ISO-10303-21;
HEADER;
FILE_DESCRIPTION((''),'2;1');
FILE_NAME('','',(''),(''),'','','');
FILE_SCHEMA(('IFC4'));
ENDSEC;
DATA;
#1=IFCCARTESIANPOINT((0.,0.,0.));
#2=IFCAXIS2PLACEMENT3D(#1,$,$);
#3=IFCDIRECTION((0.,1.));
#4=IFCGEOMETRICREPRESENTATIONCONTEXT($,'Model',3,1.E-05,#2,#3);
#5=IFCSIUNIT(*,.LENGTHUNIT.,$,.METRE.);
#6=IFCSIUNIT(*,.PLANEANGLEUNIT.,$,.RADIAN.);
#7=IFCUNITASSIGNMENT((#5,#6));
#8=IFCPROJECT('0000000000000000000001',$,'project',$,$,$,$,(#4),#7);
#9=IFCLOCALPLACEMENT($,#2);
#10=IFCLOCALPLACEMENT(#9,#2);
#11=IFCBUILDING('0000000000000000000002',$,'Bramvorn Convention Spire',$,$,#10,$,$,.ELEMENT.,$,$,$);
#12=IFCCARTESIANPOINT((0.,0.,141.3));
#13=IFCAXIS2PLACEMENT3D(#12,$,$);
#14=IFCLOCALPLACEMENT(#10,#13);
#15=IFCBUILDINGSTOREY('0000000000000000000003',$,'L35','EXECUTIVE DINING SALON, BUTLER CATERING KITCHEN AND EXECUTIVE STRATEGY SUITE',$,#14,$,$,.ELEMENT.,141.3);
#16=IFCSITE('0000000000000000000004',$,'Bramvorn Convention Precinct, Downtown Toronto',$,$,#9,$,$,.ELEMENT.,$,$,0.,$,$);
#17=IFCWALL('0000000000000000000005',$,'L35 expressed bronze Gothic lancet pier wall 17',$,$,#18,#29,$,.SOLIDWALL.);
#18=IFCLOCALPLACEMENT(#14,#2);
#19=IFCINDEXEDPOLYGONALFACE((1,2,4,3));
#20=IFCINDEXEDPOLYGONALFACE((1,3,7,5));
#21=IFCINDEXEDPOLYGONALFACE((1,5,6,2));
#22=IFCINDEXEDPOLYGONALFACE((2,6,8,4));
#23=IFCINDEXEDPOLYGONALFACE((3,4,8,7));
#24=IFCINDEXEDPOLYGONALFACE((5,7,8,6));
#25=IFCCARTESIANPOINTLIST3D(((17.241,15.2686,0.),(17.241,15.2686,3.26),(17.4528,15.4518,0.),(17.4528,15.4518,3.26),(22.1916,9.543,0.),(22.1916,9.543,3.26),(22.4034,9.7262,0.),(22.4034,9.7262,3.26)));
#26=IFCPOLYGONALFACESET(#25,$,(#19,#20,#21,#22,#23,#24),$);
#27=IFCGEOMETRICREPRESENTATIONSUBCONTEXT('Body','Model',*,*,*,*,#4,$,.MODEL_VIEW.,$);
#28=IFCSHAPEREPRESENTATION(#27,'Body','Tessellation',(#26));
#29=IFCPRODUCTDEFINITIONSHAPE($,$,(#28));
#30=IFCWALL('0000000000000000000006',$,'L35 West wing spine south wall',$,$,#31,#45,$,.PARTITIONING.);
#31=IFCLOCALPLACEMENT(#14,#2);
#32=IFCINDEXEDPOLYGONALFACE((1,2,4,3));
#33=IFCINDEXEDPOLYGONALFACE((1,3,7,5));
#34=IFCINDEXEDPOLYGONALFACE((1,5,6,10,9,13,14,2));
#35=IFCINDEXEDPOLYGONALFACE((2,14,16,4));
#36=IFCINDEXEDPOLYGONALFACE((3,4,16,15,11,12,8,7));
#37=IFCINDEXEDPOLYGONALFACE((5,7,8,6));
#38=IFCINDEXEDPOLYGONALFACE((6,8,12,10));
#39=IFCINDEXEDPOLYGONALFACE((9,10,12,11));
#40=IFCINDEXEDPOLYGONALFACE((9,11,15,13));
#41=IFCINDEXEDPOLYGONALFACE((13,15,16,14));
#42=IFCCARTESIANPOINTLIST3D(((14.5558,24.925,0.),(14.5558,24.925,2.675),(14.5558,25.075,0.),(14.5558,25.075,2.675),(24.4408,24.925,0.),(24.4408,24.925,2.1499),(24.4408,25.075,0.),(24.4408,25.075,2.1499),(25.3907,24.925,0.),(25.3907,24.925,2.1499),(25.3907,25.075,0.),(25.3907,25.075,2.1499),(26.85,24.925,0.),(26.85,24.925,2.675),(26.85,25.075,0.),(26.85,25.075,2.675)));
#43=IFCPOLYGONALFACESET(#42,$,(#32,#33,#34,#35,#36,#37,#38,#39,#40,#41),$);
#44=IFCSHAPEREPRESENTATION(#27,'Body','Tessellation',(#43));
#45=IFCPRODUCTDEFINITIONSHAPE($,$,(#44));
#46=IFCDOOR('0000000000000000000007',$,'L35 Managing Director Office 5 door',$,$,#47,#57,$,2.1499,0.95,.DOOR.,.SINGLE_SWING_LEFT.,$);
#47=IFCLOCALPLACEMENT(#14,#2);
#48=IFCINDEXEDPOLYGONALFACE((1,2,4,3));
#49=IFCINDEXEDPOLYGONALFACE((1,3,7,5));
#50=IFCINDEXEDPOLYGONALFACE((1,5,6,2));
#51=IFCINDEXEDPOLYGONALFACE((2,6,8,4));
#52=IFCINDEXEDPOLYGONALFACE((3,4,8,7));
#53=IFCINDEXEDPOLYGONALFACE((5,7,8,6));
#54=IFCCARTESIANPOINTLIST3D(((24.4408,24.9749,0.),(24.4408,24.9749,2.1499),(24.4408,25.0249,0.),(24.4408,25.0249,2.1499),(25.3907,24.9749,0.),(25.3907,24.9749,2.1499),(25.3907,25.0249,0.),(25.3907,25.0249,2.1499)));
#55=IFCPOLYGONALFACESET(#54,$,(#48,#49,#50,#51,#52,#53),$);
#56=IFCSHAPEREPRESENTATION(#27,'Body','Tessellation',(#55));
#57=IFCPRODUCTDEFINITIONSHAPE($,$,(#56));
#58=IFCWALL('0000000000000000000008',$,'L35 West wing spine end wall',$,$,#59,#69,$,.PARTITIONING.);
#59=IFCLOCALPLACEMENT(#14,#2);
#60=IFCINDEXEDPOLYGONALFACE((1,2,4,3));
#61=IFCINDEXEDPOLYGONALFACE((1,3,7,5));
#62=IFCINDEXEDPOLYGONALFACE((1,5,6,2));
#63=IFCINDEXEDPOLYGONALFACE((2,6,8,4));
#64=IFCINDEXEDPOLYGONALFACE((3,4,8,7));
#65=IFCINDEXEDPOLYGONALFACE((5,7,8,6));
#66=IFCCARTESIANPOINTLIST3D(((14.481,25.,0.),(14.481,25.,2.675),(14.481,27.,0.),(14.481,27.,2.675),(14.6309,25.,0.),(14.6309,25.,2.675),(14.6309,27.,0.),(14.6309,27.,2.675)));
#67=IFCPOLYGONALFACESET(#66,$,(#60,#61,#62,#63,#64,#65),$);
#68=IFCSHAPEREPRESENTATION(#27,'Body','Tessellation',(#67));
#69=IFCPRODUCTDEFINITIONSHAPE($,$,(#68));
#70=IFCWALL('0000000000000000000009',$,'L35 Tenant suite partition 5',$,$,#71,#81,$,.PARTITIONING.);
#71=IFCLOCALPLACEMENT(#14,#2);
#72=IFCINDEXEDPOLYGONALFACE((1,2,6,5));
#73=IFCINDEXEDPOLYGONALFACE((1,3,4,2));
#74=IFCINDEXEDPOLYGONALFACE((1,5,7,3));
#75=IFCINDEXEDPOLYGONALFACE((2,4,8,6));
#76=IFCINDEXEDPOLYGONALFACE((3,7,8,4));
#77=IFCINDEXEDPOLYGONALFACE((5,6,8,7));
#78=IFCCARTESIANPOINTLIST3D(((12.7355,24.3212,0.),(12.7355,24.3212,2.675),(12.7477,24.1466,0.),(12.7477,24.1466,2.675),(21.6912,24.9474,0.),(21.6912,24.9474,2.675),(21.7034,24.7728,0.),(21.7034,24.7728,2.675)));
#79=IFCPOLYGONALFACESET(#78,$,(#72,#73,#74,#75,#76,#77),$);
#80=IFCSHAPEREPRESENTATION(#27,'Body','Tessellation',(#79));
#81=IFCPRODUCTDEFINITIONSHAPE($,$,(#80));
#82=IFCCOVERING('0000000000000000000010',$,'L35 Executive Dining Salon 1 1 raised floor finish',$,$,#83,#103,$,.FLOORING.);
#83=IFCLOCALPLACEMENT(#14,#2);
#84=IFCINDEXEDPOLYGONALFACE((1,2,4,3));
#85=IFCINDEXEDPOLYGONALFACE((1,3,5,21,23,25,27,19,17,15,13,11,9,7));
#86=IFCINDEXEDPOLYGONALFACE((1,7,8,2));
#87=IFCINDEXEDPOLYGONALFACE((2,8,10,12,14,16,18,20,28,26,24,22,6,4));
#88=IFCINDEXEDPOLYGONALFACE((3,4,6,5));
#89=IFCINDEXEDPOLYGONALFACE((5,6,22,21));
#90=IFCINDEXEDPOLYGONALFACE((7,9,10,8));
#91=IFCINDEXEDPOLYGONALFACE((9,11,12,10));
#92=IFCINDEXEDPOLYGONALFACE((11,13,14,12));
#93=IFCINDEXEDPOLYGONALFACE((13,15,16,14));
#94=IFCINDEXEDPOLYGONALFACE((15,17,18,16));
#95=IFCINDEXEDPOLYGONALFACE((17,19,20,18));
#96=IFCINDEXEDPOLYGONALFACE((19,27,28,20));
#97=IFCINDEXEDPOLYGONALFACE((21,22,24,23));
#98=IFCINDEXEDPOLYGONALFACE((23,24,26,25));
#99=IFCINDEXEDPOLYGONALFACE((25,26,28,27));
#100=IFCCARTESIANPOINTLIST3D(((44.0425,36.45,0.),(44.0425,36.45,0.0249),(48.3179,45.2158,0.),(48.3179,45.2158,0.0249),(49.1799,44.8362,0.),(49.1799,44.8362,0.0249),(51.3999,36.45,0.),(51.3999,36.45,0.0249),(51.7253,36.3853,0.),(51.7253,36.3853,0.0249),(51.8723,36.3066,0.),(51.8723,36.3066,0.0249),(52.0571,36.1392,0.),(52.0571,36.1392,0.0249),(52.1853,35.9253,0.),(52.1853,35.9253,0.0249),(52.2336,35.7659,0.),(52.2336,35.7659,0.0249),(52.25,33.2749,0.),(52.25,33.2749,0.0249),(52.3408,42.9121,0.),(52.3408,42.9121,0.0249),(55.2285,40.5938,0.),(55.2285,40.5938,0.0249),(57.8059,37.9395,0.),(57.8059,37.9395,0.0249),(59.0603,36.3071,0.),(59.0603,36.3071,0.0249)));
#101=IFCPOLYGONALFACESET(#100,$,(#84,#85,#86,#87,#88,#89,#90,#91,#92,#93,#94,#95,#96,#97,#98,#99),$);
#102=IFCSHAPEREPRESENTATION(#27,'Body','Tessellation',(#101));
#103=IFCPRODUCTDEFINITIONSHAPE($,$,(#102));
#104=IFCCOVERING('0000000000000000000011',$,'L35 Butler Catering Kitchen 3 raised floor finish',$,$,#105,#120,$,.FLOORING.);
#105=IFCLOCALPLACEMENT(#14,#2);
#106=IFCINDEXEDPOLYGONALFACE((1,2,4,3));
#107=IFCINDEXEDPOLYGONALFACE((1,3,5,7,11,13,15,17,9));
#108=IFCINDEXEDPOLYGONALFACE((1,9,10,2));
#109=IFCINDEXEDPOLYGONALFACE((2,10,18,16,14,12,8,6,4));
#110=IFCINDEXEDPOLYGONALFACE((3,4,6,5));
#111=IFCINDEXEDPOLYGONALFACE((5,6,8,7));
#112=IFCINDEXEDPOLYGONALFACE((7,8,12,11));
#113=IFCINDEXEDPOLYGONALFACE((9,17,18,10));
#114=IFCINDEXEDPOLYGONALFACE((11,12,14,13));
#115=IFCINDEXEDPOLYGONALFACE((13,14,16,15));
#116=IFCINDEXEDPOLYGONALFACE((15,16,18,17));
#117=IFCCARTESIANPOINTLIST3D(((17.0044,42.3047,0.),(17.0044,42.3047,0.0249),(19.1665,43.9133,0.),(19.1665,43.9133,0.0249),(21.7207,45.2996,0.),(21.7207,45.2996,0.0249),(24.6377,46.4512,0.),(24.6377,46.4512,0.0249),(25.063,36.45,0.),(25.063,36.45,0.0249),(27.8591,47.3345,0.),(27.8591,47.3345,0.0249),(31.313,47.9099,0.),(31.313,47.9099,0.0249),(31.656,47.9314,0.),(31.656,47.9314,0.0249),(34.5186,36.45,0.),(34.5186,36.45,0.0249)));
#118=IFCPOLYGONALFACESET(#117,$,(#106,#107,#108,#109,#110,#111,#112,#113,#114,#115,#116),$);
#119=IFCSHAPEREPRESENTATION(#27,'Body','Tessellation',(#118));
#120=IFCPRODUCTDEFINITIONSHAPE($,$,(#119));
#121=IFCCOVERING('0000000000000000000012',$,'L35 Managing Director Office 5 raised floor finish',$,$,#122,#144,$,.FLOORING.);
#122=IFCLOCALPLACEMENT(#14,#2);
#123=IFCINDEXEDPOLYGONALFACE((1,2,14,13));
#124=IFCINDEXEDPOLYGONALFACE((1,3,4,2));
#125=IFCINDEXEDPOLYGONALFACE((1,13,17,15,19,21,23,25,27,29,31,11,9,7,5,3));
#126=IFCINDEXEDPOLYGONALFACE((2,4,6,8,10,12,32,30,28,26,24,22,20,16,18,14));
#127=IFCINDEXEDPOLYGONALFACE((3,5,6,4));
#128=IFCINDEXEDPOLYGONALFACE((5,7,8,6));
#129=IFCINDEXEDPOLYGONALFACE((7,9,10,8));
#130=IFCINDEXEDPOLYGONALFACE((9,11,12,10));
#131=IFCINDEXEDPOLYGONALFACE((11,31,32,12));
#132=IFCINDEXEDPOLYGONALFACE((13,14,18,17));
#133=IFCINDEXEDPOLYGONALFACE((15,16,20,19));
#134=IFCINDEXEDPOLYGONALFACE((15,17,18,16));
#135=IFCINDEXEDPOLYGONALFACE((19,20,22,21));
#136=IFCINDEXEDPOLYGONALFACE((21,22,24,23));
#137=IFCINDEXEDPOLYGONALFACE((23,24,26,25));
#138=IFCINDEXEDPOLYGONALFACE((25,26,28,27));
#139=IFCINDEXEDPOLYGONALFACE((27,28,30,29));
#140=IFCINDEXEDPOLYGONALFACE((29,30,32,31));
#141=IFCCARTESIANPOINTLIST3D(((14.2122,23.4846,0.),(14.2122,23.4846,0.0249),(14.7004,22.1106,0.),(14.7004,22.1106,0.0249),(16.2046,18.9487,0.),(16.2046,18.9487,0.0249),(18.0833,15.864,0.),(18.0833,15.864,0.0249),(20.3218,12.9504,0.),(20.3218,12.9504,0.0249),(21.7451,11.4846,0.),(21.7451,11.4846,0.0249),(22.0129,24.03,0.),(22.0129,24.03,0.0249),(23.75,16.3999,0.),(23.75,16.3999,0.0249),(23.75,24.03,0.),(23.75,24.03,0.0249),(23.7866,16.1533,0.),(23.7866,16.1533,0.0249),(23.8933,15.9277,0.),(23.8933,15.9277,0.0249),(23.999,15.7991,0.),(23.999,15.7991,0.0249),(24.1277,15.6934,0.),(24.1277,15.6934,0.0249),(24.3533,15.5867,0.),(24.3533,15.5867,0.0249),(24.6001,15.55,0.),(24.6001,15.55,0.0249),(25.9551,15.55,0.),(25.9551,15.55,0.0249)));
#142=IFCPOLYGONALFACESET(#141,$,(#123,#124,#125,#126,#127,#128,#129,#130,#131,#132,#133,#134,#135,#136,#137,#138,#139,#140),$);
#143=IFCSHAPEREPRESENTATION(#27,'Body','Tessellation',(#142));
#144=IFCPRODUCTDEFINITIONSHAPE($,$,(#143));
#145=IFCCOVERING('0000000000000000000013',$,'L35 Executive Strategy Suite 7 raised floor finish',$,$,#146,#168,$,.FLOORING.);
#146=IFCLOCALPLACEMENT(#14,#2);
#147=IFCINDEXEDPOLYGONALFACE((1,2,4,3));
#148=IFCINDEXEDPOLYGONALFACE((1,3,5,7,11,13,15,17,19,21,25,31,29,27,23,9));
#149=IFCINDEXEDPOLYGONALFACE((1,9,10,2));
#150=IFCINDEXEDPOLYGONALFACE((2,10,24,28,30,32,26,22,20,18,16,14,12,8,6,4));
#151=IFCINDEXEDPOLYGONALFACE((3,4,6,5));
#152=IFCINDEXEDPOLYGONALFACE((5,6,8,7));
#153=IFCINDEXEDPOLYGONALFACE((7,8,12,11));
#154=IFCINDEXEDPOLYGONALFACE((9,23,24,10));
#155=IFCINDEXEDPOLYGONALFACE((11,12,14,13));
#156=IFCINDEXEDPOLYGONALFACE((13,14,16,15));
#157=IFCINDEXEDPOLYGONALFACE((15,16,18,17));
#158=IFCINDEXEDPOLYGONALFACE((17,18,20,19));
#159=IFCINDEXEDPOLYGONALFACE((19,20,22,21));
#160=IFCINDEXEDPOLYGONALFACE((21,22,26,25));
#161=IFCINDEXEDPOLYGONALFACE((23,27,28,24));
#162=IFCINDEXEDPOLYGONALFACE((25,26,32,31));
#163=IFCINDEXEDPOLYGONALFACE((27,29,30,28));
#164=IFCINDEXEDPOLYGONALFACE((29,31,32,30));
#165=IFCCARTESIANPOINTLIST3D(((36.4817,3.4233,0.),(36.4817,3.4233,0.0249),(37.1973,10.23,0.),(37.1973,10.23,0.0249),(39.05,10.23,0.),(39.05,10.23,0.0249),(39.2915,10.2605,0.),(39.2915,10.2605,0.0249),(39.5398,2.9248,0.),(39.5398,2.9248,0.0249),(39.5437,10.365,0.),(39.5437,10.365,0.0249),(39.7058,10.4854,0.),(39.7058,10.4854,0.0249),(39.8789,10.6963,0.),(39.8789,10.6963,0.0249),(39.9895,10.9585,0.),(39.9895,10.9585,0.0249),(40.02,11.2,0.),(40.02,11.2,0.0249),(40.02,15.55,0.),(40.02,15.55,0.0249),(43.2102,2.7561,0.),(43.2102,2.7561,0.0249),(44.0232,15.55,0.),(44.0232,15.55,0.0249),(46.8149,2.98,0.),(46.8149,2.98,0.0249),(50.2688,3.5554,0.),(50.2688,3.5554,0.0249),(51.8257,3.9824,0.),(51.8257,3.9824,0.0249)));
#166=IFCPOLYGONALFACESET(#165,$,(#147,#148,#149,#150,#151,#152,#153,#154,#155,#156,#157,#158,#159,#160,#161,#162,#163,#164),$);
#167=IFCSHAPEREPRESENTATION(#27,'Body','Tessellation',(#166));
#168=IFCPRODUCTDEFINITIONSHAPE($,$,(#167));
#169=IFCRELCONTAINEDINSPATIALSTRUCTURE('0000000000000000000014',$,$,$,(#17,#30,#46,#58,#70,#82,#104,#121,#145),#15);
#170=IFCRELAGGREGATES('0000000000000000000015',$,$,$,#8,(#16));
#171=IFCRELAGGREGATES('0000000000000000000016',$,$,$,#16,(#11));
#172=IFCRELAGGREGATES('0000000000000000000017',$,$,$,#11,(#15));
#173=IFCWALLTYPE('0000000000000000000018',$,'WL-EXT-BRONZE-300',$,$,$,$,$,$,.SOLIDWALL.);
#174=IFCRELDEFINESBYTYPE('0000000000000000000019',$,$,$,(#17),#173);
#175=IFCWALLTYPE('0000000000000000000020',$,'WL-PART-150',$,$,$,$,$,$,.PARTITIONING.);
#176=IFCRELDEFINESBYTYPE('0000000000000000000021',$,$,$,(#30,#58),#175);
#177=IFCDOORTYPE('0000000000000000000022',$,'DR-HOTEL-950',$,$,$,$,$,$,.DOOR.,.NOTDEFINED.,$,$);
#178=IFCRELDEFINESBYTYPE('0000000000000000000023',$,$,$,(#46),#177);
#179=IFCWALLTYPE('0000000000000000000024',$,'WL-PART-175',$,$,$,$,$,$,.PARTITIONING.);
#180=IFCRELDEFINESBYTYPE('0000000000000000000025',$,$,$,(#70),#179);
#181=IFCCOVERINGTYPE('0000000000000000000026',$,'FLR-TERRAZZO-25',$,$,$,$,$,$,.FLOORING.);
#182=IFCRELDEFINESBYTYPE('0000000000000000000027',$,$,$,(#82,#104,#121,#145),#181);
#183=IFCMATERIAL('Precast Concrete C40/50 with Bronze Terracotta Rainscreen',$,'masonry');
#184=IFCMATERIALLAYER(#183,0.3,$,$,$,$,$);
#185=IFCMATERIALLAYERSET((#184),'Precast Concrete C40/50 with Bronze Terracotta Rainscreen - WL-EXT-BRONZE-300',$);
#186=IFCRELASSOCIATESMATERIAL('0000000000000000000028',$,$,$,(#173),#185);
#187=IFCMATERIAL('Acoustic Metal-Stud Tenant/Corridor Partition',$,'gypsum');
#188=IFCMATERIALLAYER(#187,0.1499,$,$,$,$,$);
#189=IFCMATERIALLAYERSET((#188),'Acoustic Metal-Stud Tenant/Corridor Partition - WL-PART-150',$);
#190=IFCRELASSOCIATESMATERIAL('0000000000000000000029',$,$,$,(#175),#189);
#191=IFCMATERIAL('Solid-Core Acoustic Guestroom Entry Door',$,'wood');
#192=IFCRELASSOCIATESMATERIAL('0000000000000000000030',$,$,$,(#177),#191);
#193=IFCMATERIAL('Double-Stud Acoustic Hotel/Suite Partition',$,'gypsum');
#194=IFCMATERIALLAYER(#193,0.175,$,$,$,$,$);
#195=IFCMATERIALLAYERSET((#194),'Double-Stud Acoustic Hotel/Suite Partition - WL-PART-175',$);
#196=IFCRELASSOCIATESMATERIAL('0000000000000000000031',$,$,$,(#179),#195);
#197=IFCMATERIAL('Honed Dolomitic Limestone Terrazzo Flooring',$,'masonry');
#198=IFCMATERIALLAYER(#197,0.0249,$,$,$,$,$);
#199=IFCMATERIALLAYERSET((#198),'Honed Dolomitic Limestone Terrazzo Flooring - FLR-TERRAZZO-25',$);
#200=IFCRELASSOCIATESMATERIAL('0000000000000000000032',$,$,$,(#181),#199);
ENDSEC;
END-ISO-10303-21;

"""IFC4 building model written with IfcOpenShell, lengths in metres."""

from ifc_helpers import new_model, si_unit, direction, frame, frame_2d, origin, place, context, subcontext, project, spatial, polyline, rectangle, outline, extrude, material, layer, layer_set, type_object, element, fill, save


model = new_model("IFC4")

# Units and contexts
model_context = context("Model", 3, precision=1e-05, world=origin(), true_north=direction((0.0, 1.0)))
body_context = subcontext(model_context, "Body", "Model", "MODEL_VIEW")
ifc_project = project(units=[si_unit("LENGTHUNIT", "METRE"), si_unit("PLANEANGLEUNIT", "RADIAN")], contexts=[model_context])

# Site, building, storey
site_placement = place(None, origin())
site = spatial("IfcSite", under=ifc_project, at=site_placement, Name="Bramvorn Convention Precinct, Downtown Toronto", CompositionType="ELEMENT", RefElevation=0.0)
building_placement = place(site_placement, origin())
building = spatial("IfcBuilding", under=site, at=building_placement, Name="Bramvorn Convention Spire", CompositionType="ELEMENT")
storey_placement = place(building_placement, frame((0.0, 0.0, 141.3)))
storey = spatial("IfcBuildingStorey", under=building, at=storey_placement, Name="L35", Description="EXECUTIVE DINING SALON, BUTLER CATERING KITCHEN AND EXECUTIVE STRATEGY SUITE", CompositionType="ELEMENT", Elevation=141.3)

# Shared definitions
ifc_material_1 = material(Name="Precast Concrete C40/50 with Bronze Terracotta Rainscreen", Category="masonry")
ifc_layer_1 = layer(ifc_material_1, 0.3)
ifc_layer_set_1 = layer_set([ifc_layer_1], Name="Precast Concrete C40/50 with Bronze Terracotta Rainscreen - WL-EXT-BRONZE-300")
wall_type_1 = type_object("IfcWallType", Name="WL-EXT-BRONZE-300", PredefinedType="SOLIDWALL", material=ifc_layer_set_1)

# Wall
wall_1_placement = place(storey_placement, frame((22.2976, 9.6345, 0.0), z_axis=(0.0, 0.0, 1.0), x_axis=(-0.654063, 0.75644, 0.0)))
element("IfcWall", 1, at=wall_1_placement, inside=storey, type_object=wall_type_1, Name="L35 expressed bronze Gothic lancet pier wall 17", PredefinedType="SOLIDWALL", context=body_context, shape_type="SweptSolid", body=[
    extrude(rectangle(XDim=7.5691, YDim=0.28, at=frame_2d((3.7847, 0.0))), origin(), (0.0, 0.0, 1.0), 3.26),
])

# Wall, opening, door
ifc_material_2 = material(Name="Acoustic Metal-Stud Tenant/Corridor Partition", Category="gypsum")
ifc_layer_2 = layer(ifc_material_2, 0.1499)
ifc_layer_set_2 = layer_set([ifc_layer_2], Name="Acoustic Metal-Stud Tenant/Corridor Partition - WL-PART-150")
wall_type_2 = type_object("IfcWallType", Name="WL-PART-150", PredefinedType="PARTITIONING", material=ifc_layer_set_2)
wall_2_placement = place(storey_placement, frame((14.5559, 25.0, 0.0), z_axis=(0.0, 0.0, 1.0), x_axis=(1.0, 0.0, 0.0)))
wall_2 = element("IfcWall", 2, at=wall_2_placement, inside=storey, type_object=wall_type_2, Name="L35 West wing spine south wall", PredefinedType="PARTITIONING", context=body_context, shape_type="SweptSolid", body=[
    extrude(rectangle(XDim=12.2942, YDim=0.1499, at=frame_2d((6.147, 0.0))), origin(), (0.0, 0.0, 1.0), 2.675),
])
opening_1_placement = place(wall_2_placement, frame((9.8848, 0.0, 0.0)))
opening_1 = element("IfcOpeningElement", 3, at=opening_1_placement, cuts=wall_2, PredefinedType="OPENING", context=body_context, shape_type="SweptSolid", body=[
    extrude(rectangle(XDim=0.95, YDim=2.1499, at=frame_2d((0.4751, 1.075))), frame((0.0, 0.085, 0.0), z_axis=(0.0, -1.0, 0.0), x_axis=(1.0, 0.0, 0.0)), (0.0, 0.0, 1.0), 0.1699),
])
ifc_material_3 = material(Name="Solid-Core Acoustic Guestroom Entry Door", Category="wood")
door_type_1 = type_object("IfcDoorType", Name="DR-HOTEL-950", OperationType="NOTDEFINED", PredefinedType="DOOR", material=ifc_material_3)
door_1_placement = place(opening_1_placement, origin())
door_1 = element("IfcDoor", 4, at=door_1_placement, inside=storey, type_object=door_type_1, Name="L35 Managing Director Office 5 door", OperationType="SINGLE_SWING_LEFT", OverallHeight=2.1499, OverallWidth=0.95, PredefinedType="DOOR", context=body_context, shape_type="SweptSolid", body=[
    extrude(rectangle(XDim=0.95, YDim=2.1499, at=frame_2d((0.4751, 1.075))), frame((0.0, 0.0249, 0.0), z_axis=(0.0, -1.0, 0.0), x_axis=(1.0, 0.0, 0.0)), (0.0, 0.0, 1.0), 0.05),
])
fill(opening_1, door_1)

# Walls
wall_3_placement = place(storey_placement, frame((14.5559, 25.0, 0.0), z_axis=(0.0, 0.0, 1.0), x_axis=(0.0, 1.0, 0.0)))
element("IfcWall", 5, at=wall_3_placement, inside=storey, type_object=wall_type_2, Name="L35 West wing spine end wall", PredefinedType="PARTITIONING", context=body_context, shape_type="SweptSolid", body=[
    extrude(rectangle(XDim=2.0, YDim=0.1499, at=frame_2d((1.0, 0.0))), origin(), (0.0, 0.0, 1.0), 2.675),
])
ifc_material_4 = material(Name="Double-Stud Acoustic Hotel/Suite Partition", Category="gypsum")
ifc_layer_3 = layer(ifc_material_4, 0.175)
ifc_layer_set_3 = layer_set([ifc_layer_3], Name="Double-Stud Acoustic Hotel/Suite Partition - WL-PART-175")
wall_type_3 = type_object("IfcWallType", Name="WL-PART-175", PredefinedType="PARTITIONING", material=ifc_layer_set_3)
wall_4_placement = place(storey_placement, frame((21.6973, 24.8601, 0.0), z_axis=(0.0, 0.0, 1.0), x_axis=(-0.997564, -0.069755, 0.0)))
element("IfcWall", 6, at=wall_4_placement, inside=storey, type_object=wall_type_3, Name="L35 Tenant suite partition 5", PredefinedType="PARTITIONING", context=body_context, shape_type="SweptSolid", body=[
    extrude(rectangle(XDim=8.9775, YDim=0.175, at=frame_2d((4.4888, 0.0))), origin(), (0.0, 0.0, 1.0), 2.675),
])

# Coverings
ifc_material_5 = material(Name="Honed Dolomitic Limestone Terrazzo Flooring", Category="masonry")
ifc_layer_4 = layer(ifc_material_5, 0.0249)
ifc_layer_set_4 = layer_set([ifc_layer_4], Name="Honed Dolomitic Limestone Terrazzo Flooring - FLR-TERRAZZO-25")
covering_type = type_object("IfcCoveringType", Name="FLR-TERRAZZO-25", PredefinedType="FLOORING", material=ifc_layer_set_4)
covering_1_placement = place(storey_placement, origin())
element("IfcCovering", 7, at=covering_1_placement, inside=storey, type_object=covering_type, Name="L35 Executive Dining Salon 1 1 raised floor finish", PredefinedType="FLOORING", context=body_context, shape_type="SweptSolid", body=[
    extrude(outline(polyline([(49.1799, 44.8362), (48.3179, 45.2158), (44.0425, 36.45), (51.3999, 36.45), (51.7253, 36.3853), (51.8723, 36.3066), (52.0571, 36.1392), (52.1853, 35.9253), (52.2336, 35.7659), (52.25, 33.2749), (59.0603, 36.3071), (57.8059, 37.9395), (55.2285, 40.5938), (52.3408, 42.9121), (49.1799, 44.8362)])), origin(), (0.0, 0.0, 1.0), 0.0249),
])
covering_2_placement = place(storey_placement, origin())
element("IfcCovering", 8, at=covering_2_placement, inside=storey, type_object=covering_type, Name="L35 Butler Catering Kitchen 3 raised floor finish", PredefinedType="FLOORING", context=body_context, shape_type="SweptSolid", body=[
    extrude(outline(polyline([(17.0044, 42.3047), (25.063, 36.45), (34.5186, 36.45), (31.656, 47.9314), (31.313, 47.9099), (27.8591, 47.3345), (24.6377, 46.4512), (21.7207, 45.2996), (19.1665, 43.9133), (17.0044, 42.3047)])), origin(), (0.0, 0.0, 1.0), 0.0249),
])
covering_3_placement = place(storey_placement, origin())
element("IfcCovering", 9, at=covering_3_placement, inside=storey, type_object=covering_type, Name="L35 Managing Director Office 5 raised floor finish", PredefinedType="FLOORING", context=body_context, shape_type="SweptSolid", body=[
    extrude(outline(polyline([(20.3218, 12.9504), (21.7451, 11.4846), (25.9551, 15.55), (24.6001, 15.55), (24.3533, 15.5867), (24.1277, 15.6934), (23.999, 15.7991), (23.8933, 15.9277), (23.7866, 16.1533), (23.75, 16.3999), (23.75, 24.03), (22.0129, 24.03), (14.2122, 23.4846), (14.7004, 22.1106), (16.2046, 18.9487), (18.0833, 15.864), (20.3218, 12.9504)])), origin(), (0.0, 0.0, 1.0), 0.0249),
])
covering_4_placement = place(storey_placement, origin())
element("IfcCovering", 10, at=covering_4_placement, inside=storey, type_object=covering_type, Name="L35 Executive Strategy Suite 7 raised floor finish", PredefinedType="FLOORING", context=body_context, shape_type="SweptSolid", body=[
    extrude(outline(polyline([(39.5398, 2.9248), (43.2102, 2.7561), (46.8149, 2.98), (50.2688, 3.5554), (51.8257, 3.9824), (44.0232, 15.55), (40.02, 15.55), (40.02, 11.2), (39.9895, 10.9585), (39.8789, 10.6963), (39.7058, 10.4854), (39.5437, 10.365), (39.2915, 10.2605), (39.05, 10.23), (37.1973, 10.23), (36.4817, 3.4233), (39.5398, 2.9248)])), origin(), (0.0, 0.0, 1.0), 0.0249),
])

save(model, "model.ifc")
